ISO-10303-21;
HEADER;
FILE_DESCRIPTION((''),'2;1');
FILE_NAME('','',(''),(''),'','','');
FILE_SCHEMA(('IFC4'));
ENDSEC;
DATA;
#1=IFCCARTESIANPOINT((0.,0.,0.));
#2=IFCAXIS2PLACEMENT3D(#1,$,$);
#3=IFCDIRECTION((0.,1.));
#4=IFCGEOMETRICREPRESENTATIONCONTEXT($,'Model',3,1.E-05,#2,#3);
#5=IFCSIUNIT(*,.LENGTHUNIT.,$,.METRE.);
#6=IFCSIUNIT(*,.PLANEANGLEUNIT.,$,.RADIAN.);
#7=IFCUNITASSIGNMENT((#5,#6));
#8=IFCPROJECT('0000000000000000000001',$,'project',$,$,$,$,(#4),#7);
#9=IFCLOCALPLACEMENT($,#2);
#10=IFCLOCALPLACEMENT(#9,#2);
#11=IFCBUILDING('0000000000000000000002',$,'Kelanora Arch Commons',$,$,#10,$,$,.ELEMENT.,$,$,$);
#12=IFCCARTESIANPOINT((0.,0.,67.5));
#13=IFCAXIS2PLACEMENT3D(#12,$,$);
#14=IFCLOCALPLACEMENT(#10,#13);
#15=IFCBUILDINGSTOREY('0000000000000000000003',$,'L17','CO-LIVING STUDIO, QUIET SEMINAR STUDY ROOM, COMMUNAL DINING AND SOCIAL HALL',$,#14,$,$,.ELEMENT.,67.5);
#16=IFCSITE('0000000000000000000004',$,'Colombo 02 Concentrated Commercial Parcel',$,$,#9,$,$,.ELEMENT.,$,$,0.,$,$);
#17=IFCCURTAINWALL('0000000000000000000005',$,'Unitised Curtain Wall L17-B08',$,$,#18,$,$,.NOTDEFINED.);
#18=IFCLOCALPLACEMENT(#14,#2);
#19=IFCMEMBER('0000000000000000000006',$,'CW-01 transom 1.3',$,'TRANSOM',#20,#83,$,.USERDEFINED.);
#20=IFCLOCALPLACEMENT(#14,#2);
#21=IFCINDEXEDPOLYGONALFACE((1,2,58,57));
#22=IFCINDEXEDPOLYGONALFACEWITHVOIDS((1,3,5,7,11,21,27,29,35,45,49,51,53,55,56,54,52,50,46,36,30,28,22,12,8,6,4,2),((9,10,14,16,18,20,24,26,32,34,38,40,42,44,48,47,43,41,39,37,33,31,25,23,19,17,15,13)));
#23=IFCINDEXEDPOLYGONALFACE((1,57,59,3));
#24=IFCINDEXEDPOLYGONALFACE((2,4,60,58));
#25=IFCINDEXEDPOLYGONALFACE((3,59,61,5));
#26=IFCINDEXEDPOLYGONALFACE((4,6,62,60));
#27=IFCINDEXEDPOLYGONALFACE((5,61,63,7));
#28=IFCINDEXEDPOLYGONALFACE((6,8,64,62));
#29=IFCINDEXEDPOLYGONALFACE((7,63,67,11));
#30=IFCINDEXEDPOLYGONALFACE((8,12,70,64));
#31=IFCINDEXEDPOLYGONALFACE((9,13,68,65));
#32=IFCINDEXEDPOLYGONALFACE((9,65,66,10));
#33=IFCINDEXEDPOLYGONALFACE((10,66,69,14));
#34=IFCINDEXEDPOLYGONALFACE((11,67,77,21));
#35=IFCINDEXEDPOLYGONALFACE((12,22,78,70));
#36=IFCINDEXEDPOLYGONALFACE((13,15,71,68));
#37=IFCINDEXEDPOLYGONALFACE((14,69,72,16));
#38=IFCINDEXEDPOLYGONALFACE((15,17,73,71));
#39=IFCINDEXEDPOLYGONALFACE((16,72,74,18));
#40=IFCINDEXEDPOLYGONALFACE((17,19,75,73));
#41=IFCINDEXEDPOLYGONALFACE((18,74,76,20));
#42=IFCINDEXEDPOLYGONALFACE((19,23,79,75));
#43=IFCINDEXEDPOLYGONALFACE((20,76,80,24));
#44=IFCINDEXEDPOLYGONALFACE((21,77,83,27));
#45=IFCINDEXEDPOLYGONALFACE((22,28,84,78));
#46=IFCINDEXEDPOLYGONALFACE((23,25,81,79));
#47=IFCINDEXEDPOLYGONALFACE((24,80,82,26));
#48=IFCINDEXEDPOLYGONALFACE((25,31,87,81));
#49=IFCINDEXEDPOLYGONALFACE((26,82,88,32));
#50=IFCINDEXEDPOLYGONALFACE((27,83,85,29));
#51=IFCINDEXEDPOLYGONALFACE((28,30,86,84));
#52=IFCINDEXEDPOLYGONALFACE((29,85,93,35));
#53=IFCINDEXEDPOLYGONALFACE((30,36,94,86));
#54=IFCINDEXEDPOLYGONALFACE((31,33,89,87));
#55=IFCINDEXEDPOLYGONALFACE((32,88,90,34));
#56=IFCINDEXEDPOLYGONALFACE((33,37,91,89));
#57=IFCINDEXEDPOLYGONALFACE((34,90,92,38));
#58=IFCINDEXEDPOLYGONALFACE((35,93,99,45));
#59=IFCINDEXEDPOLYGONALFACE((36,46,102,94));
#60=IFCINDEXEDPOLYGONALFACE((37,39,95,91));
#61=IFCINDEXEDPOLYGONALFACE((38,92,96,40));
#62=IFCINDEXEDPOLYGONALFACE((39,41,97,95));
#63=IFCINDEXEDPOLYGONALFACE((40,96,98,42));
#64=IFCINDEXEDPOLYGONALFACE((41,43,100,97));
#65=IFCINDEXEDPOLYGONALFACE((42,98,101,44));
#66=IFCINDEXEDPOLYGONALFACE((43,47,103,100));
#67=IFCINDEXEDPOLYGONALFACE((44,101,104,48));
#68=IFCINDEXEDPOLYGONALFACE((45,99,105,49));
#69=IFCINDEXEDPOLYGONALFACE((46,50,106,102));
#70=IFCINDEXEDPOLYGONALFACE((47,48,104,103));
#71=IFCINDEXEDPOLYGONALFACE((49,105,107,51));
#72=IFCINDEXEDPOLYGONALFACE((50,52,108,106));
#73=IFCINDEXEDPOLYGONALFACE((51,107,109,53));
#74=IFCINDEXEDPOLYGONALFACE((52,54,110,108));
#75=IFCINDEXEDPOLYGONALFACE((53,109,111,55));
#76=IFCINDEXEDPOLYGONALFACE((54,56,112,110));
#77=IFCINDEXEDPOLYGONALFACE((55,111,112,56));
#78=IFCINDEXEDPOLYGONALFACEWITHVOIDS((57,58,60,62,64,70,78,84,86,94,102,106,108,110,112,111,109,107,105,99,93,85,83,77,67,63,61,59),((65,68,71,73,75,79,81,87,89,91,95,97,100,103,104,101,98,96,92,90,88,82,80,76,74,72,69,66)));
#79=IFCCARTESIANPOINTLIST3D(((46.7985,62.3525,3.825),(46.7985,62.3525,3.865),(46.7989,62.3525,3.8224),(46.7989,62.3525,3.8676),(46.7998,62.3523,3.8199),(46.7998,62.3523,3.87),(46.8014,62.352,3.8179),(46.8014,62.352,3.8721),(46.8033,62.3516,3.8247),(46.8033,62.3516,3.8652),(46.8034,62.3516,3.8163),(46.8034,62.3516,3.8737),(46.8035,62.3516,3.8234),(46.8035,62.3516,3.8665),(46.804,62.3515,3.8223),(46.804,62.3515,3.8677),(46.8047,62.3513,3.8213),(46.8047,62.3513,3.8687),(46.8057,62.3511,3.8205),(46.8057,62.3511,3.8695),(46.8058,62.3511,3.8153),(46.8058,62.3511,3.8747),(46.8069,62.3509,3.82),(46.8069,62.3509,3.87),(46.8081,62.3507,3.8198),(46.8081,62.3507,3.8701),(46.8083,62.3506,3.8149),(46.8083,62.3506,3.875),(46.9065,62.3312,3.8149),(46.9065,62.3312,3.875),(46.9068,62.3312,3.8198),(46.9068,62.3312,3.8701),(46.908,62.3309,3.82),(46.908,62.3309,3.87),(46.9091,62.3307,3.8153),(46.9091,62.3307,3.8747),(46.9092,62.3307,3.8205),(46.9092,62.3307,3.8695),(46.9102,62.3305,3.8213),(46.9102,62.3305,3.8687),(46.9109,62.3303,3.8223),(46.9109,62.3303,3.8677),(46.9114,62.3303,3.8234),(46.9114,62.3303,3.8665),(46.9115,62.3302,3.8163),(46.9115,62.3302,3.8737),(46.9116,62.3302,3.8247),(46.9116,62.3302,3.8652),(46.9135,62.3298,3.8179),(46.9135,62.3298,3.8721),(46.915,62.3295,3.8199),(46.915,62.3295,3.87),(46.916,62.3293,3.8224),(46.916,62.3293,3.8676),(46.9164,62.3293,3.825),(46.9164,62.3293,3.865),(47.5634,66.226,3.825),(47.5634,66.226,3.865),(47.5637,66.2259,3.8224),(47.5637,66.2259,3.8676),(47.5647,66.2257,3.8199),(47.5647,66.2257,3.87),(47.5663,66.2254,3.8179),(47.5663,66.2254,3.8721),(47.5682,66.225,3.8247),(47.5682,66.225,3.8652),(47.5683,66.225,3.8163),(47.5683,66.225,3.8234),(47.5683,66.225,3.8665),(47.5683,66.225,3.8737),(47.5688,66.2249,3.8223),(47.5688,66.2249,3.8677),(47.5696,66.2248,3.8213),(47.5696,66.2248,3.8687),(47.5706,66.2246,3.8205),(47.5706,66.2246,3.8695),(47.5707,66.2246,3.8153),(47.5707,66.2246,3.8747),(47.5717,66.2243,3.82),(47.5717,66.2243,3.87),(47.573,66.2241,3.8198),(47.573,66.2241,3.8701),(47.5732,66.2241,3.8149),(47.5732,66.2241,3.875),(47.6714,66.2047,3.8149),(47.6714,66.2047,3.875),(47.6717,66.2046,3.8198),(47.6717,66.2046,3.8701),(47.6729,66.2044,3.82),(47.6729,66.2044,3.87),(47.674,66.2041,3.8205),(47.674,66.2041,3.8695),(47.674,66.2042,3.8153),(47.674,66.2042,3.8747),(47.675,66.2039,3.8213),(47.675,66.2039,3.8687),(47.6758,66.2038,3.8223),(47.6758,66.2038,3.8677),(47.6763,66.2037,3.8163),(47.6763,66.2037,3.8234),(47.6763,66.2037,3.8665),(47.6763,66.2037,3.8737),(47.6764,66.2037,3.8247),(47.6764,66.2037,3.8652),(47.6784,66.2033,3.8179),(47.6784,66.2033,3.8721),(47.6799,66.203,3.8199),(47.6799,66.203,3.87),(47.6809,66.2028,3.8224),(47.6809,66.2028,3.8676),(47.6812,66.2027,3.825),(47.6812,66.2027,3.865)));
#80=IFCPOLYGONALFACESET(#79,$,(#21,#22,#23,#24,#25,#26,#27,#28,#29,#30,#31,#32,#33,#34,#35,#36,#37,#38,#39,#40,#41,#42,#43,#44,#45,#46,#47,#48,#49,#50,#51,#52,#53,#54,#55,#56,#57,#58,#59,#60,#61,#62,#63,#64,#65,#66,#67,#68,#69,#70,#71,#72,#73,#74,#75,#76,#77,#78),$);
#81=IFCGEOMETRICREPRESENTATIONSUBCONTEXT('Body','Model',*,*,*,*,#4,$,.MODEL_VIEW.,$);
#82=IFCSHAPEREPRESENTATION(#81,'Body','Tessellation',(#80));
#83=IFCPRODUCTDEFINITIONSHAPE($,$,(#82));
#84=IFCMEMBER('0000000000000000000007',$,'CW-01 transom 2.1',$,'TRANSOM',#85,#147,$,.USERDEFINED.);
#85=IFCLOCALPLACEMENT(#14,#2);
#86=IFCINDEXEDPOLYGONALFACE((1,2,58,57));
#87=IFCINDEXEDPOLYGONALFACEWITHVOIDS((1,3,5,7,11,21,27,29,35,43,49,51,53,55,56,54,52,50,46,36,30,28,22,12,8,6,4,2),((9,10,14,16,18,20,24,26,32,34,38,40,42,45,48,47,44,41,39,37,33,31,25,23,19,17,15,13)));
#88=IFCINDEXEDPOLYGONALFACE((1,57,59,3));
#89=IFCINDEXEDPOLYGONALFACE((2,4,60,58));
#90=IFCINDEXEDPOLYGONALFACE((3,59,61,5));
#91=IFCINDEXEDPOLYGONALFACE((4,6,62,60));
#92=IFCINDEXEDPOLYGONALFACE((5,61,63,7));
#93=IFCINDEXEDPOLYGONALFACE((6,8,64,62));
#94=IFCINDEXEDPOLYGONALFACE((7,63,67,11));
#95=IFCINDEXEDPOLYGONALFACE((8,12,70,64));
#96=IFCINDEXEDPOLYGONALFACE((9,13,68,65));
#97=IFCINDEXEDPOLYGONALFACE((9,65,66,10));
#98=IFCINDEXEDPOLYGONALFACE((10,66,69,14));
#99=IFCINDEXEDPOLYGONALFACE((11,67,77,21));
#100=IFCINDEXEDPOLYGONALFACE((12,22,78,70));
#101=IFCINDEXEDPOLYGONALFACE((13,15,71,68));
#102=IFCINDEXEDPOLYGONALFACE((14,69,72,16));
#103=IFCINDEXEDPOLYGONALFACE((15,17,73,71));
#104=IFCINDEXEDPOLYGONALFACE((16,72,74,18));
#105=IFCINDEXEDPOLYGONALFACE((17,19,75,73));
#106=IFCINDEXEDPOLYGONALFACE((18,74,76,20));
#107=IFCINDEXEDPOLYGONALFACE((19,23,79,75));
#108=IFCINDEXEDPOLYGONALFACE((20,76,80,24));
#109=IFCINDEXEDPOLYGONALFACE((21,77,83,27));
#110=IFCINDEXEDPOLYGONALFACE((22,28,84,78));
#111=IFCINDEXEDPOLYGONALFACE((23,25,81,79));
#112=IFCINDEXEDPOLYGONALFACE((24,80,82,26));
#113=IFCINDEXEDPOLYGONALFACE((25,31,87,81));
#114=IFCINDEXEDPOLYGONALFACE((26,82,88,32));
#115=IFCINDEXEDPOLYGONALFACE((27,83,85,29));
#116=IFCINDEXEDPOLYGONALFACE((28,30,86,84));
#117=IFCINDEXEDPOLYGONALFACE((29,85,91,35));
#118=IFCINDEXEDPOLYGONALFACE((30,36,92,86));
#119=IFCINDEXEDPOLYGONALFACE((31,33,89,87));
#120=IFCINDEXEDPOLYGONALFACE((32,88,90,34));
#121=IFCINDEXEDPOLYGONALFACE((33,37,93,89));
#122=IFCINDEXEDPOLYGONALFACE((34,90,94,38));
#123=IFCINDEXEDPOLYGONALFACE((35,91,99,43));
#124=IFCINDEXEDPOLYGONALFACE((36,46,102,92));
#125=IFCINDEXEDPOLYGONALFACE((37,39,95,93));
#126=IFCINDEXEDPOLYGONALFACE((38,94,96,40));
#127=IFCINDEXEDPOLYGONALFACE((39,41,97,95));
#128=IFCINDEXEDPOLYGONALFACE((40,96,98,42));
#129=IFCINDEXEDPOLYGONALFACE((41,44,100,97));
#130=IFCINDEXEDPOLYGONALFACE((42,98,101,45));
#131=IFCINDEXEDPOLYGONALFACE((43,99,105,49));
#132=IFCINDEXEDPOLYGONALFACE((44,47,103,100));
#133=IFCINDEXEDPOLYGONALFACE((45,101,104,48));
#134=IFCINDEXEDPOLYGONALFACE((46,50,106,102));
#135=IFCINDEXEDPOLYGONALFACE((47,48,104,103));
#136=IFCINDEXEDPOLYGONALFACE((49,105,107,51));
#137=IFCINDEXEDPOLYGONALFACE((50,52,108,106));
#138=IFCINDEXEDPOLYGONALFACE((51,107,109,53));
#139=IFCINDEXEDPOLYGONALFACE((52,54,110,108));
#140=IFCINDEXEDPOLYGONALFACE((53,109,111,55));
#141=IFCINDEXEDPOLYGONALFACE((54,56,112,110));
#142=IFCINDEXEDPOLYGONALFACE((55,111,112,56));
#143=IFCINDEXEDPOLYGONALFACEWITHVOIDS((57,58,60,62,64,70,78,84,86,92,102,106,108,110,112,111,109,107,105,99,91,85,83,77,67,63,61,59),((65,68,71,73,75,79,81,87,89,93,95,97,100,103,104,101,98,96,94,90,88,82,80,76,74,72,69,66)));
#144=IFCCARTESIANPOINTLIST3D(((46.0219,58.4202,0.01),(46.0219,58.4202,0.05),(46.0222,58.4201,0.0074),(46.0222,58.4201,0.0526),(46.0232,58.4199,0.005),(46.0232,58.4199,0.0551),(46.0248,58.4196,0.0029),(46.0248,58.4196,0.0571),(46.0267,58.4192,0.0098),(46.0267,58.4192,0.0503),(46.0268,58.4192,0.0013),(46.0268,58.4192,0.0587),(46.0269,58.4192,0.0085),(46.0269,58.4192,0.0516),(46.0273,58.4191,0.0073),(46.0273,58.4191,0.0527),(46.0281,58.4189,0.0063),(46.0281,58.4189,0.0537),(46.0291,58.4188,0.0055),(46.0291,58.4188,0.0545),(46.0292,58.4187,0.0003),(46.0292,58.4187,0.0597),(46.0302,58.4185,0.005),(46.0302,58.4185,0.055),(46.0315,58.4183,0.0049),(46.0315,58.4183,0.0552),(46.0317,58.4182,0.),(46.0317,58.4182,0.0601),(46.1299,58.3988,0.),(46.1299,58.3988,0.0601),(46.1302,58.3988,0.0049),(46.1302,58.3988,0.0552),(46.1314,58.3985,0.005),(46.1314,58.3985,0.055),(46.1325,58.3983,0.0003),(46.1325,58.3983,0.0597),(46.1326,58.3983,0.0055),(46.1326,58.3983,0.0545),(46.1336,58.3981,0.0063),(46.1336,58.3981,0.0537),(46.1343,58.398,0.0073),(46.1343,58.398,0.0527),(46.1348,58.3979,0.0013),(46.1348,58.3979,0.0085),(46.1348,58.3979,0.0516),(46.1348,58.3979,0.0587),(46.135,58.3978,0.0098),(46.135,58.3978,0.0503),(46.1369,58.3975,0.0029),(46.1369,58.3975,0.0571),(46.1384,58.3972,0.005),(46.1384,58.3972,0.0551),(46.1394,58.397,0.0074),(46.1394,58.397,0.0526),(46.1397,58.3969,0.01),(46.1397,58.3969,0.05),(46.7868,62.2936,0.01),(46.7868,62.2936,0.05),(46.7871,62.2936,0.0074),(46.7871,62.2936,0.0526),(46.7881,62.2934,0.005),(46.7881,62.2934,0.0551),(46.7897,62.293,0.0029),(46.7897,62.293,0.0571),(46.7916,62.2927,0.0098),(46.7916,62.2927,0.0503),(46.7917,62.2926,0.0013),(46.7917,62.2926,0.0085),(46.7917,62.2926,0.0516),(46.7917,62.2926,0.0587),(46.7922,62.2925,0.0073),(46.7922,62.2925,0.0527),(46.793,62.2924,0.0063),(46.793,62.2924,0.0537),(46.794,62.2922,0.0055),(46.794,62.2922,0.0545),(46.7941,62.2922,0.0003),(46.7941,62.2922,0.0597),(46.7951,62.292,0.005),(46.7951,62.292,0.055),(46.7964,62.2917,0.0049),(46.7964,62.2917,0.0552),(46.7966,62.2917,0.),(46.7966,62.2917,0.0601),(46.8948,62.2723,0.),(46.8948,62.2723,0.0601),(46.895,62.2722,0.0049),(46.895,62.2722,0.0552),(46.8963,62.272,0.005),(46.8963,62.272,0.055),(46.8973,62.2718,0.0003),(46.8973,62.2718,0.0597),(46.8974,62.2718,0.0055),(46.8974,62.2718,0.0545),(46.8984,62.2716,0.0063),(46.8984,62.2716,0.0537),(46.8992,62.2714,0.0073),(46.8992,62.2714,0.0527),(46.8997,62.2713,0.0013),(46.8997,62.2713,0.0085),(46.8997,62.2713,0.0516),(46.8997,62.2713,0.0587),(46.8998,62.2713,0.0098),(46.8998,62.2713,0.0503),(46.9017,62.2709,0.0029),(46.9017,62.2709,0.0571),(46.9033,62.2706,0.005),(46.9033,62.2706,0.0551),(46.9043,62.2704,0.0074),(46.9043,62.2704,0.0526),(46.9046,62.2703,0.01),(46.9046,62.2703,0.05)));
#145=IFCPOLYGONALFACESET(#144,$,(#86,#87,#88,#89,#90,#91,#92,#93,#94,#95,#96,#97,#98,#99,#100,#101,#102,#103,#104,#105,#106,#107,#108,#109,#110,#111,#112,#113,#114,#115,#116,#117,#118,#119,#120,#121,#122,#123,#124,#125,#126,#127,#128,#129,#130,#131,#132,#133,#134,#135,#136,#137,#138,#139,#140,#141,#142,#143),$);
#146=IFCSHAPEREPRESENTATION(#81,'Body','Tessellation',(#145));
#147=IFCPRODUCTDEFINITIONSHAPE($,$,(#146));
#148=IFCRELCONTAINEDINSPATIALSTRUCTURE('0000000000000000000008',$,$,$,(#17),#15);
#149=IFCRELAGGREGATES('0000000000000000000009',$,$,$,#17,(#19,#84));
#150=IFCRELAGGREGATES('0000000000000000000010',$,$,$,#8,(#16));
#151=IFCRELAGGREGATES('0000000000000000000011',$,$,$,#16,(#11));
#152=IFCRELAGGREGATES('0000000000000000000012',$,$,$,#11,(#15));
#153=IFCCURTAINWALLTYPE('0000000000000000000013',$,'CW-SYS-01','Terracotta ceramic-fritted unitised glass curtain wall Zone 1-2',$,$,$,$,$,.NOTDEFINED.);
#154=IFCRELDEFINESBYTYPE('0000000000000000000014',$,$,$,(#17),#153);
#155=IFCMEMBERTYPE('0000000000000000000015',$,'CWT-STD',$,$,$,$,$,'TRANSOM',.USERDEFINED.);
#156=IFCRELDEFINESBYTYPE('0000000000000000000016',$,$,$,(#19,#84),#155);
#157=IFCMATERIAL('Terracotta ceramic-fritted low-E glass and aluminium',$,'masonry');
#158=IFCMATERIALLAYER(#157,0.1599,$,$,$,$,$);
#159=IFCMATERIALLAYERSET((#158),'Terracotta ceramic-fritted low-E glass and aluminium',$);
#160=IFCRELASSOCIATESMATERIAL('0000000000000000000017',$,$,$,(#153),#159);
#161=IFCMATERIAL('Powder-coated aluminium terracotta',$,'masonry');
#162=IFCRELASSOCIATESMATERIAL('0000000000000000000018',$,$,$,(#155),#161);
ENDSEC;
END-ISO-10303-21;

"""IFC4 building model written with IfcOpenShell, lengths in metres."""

from ifc_helpers import new_model, si_unit, direction, frame, origin, origin_2d, place, context, subcontext, project, spatial, hollow_rectangle, extrude, material, layer, layer_set, material_profile, profile_set, type_object, element, aggregate, save


model = new_model("IFC4")

# Units and contexts
model_context = context("Model", 3, precision=1e-05, world=origin(), true_north=direction((0.0, 1.0)))
body_context = subcontext(model_context, "Body", "Model", "MODEL_VIEW")
ifc_project = project(units=[si_unit("LENGTHUNIT", "METRE"), si_unit("PLANEANGLEUNIT", "RADIAN")], contexts=[model_context])

# Site, building, storey
site_placement = place(None, origin())
site = spatial("IfcSite", under=ifc_project, at=site_placement, Name="Colombo 02 Concentrated Commercial Parcel", CompositionType="ELEMENT", RefElevation=0.0)
building_placement = place(site_placement, origin())
building = spatial("IfcBuilding", under=site, at=building_placement, Name="Kelanora Arch Commons", CompositionType="ELEMENT")
storey_placement = place(building_placement, frame((0.0, 0.0, 67.5)))
storey = spatial("IfcBuildingStorey", under=building, at=storey_placement, Name="L17", Description="CO-LIVING STUDIO, QUIET SEMINAR STUDY ROOM, COMMUNAL DINING AND SOCIAL HALL", CompositionType="ELEMENT", Elevation=67.5)

# Curtain wall, members
ifc_material_1 = material(Name="Terracotta ceramic-fritted low-E glass and aluminium", Category="masonry")
ifc_layer_1 = layer(ifc_material_1, 0.1599)
ifc_layer_set_1 = layer_set([ifc_layer_1], Name="Terracotta ceramic-fritted low-E glass and aluminium")
curtain_wall_type = type_object("IfcCurtainWallType", Name="CW-SYS-01", Description="Terracotta ceramic-fritted unitised glass curtain wall Zone 1-2", PredefinedType="NOTDEFINED", material=ifc_layer_set_1)
curtain_wall_placement = place(storey_placement, origin())
curtain_wall = element("IfcCurtainWall", 1, at=curtain_wall_placement, inside=storey, type_object=curtain_wall_type, Name="Unitised Curtain Wall L17-B08", PredefinedType="NOTDEFINED")
ifc_material_2 = material(Name="Powder-coated aluminium terracotta", Category="masonry")
ifc_material_profile_1 = material_profile(ifc_material_2, hollow_rectangle(XDim=0.1201, YDim=0.0601, WallThickness=0.0049, InnerFilletRadius=0.0049, OuterFilletRadius=0.01, at=origin_2d()), Name="CWT120x60")
ifc_profile_set_1 = profile_set([ifc_material_profile_1], Name="Powder-coated aluminium terracotta")
member_type_1 = type_object("IfcMemberType", Name="CWT-STD", ElementType="TRANSOM", PredefinedType="USERDEFINED", material=ifc_profile_set_1)
member_1_placement = place(storey_placement, frame((47.6223, 66.2144, 3.845), z_axis=(-0.193725, -0.981056, 0.0), x_axis=(0.981056, -0.193725, 0.0)))
member_1 = element("IfcMember", 2, at=member_1_placement, type_object=member_type_1, Name="CW-01 transom 1.3", ObjectType="TRANSOM", PredefinedType="USERDEFINED", context=body_context, shape_type="SweptSolid", body=[
    extrude(hollow_rectangle(XDim=0.1201, YDim=0.0601, WallThickness=0.0049, InnerFilletRadius=0.0049, OuterFilletRadius=0.01, at=origin_2d()), origin(), (0.0, 0.0, 1.0), 3.9482),
])
member_2_placement = place(storey_placement, frame((46.8457, 62.282, 0.03), z_axis=(-0.193725, -0.981056, 0.0), x_axis=(0.981056, -0.193725, 0.0)))
member_2 = element("IfcMember", 3, at=member_2_placement, type_object=member_type_1, Name="CW-01 transom 2.1", ObjectType="TRANSOM", PredefinedType="USERDEFINED", context=body_context, shape_type="SweptSolid", body=[
    extrude(hollow_rectangle(XDim=0.1201, YDim=0.0601, WallThickness=0.0049, InnerFilletRadius=0.0049, OuterFilletRadius=0.01, at=origin_2d()), origin(), (0.0, 0.0, 1.0), 3.9482),
])
aggregate(curtain_wall, [member_1, member_2])

save(model, "model.ifc")
